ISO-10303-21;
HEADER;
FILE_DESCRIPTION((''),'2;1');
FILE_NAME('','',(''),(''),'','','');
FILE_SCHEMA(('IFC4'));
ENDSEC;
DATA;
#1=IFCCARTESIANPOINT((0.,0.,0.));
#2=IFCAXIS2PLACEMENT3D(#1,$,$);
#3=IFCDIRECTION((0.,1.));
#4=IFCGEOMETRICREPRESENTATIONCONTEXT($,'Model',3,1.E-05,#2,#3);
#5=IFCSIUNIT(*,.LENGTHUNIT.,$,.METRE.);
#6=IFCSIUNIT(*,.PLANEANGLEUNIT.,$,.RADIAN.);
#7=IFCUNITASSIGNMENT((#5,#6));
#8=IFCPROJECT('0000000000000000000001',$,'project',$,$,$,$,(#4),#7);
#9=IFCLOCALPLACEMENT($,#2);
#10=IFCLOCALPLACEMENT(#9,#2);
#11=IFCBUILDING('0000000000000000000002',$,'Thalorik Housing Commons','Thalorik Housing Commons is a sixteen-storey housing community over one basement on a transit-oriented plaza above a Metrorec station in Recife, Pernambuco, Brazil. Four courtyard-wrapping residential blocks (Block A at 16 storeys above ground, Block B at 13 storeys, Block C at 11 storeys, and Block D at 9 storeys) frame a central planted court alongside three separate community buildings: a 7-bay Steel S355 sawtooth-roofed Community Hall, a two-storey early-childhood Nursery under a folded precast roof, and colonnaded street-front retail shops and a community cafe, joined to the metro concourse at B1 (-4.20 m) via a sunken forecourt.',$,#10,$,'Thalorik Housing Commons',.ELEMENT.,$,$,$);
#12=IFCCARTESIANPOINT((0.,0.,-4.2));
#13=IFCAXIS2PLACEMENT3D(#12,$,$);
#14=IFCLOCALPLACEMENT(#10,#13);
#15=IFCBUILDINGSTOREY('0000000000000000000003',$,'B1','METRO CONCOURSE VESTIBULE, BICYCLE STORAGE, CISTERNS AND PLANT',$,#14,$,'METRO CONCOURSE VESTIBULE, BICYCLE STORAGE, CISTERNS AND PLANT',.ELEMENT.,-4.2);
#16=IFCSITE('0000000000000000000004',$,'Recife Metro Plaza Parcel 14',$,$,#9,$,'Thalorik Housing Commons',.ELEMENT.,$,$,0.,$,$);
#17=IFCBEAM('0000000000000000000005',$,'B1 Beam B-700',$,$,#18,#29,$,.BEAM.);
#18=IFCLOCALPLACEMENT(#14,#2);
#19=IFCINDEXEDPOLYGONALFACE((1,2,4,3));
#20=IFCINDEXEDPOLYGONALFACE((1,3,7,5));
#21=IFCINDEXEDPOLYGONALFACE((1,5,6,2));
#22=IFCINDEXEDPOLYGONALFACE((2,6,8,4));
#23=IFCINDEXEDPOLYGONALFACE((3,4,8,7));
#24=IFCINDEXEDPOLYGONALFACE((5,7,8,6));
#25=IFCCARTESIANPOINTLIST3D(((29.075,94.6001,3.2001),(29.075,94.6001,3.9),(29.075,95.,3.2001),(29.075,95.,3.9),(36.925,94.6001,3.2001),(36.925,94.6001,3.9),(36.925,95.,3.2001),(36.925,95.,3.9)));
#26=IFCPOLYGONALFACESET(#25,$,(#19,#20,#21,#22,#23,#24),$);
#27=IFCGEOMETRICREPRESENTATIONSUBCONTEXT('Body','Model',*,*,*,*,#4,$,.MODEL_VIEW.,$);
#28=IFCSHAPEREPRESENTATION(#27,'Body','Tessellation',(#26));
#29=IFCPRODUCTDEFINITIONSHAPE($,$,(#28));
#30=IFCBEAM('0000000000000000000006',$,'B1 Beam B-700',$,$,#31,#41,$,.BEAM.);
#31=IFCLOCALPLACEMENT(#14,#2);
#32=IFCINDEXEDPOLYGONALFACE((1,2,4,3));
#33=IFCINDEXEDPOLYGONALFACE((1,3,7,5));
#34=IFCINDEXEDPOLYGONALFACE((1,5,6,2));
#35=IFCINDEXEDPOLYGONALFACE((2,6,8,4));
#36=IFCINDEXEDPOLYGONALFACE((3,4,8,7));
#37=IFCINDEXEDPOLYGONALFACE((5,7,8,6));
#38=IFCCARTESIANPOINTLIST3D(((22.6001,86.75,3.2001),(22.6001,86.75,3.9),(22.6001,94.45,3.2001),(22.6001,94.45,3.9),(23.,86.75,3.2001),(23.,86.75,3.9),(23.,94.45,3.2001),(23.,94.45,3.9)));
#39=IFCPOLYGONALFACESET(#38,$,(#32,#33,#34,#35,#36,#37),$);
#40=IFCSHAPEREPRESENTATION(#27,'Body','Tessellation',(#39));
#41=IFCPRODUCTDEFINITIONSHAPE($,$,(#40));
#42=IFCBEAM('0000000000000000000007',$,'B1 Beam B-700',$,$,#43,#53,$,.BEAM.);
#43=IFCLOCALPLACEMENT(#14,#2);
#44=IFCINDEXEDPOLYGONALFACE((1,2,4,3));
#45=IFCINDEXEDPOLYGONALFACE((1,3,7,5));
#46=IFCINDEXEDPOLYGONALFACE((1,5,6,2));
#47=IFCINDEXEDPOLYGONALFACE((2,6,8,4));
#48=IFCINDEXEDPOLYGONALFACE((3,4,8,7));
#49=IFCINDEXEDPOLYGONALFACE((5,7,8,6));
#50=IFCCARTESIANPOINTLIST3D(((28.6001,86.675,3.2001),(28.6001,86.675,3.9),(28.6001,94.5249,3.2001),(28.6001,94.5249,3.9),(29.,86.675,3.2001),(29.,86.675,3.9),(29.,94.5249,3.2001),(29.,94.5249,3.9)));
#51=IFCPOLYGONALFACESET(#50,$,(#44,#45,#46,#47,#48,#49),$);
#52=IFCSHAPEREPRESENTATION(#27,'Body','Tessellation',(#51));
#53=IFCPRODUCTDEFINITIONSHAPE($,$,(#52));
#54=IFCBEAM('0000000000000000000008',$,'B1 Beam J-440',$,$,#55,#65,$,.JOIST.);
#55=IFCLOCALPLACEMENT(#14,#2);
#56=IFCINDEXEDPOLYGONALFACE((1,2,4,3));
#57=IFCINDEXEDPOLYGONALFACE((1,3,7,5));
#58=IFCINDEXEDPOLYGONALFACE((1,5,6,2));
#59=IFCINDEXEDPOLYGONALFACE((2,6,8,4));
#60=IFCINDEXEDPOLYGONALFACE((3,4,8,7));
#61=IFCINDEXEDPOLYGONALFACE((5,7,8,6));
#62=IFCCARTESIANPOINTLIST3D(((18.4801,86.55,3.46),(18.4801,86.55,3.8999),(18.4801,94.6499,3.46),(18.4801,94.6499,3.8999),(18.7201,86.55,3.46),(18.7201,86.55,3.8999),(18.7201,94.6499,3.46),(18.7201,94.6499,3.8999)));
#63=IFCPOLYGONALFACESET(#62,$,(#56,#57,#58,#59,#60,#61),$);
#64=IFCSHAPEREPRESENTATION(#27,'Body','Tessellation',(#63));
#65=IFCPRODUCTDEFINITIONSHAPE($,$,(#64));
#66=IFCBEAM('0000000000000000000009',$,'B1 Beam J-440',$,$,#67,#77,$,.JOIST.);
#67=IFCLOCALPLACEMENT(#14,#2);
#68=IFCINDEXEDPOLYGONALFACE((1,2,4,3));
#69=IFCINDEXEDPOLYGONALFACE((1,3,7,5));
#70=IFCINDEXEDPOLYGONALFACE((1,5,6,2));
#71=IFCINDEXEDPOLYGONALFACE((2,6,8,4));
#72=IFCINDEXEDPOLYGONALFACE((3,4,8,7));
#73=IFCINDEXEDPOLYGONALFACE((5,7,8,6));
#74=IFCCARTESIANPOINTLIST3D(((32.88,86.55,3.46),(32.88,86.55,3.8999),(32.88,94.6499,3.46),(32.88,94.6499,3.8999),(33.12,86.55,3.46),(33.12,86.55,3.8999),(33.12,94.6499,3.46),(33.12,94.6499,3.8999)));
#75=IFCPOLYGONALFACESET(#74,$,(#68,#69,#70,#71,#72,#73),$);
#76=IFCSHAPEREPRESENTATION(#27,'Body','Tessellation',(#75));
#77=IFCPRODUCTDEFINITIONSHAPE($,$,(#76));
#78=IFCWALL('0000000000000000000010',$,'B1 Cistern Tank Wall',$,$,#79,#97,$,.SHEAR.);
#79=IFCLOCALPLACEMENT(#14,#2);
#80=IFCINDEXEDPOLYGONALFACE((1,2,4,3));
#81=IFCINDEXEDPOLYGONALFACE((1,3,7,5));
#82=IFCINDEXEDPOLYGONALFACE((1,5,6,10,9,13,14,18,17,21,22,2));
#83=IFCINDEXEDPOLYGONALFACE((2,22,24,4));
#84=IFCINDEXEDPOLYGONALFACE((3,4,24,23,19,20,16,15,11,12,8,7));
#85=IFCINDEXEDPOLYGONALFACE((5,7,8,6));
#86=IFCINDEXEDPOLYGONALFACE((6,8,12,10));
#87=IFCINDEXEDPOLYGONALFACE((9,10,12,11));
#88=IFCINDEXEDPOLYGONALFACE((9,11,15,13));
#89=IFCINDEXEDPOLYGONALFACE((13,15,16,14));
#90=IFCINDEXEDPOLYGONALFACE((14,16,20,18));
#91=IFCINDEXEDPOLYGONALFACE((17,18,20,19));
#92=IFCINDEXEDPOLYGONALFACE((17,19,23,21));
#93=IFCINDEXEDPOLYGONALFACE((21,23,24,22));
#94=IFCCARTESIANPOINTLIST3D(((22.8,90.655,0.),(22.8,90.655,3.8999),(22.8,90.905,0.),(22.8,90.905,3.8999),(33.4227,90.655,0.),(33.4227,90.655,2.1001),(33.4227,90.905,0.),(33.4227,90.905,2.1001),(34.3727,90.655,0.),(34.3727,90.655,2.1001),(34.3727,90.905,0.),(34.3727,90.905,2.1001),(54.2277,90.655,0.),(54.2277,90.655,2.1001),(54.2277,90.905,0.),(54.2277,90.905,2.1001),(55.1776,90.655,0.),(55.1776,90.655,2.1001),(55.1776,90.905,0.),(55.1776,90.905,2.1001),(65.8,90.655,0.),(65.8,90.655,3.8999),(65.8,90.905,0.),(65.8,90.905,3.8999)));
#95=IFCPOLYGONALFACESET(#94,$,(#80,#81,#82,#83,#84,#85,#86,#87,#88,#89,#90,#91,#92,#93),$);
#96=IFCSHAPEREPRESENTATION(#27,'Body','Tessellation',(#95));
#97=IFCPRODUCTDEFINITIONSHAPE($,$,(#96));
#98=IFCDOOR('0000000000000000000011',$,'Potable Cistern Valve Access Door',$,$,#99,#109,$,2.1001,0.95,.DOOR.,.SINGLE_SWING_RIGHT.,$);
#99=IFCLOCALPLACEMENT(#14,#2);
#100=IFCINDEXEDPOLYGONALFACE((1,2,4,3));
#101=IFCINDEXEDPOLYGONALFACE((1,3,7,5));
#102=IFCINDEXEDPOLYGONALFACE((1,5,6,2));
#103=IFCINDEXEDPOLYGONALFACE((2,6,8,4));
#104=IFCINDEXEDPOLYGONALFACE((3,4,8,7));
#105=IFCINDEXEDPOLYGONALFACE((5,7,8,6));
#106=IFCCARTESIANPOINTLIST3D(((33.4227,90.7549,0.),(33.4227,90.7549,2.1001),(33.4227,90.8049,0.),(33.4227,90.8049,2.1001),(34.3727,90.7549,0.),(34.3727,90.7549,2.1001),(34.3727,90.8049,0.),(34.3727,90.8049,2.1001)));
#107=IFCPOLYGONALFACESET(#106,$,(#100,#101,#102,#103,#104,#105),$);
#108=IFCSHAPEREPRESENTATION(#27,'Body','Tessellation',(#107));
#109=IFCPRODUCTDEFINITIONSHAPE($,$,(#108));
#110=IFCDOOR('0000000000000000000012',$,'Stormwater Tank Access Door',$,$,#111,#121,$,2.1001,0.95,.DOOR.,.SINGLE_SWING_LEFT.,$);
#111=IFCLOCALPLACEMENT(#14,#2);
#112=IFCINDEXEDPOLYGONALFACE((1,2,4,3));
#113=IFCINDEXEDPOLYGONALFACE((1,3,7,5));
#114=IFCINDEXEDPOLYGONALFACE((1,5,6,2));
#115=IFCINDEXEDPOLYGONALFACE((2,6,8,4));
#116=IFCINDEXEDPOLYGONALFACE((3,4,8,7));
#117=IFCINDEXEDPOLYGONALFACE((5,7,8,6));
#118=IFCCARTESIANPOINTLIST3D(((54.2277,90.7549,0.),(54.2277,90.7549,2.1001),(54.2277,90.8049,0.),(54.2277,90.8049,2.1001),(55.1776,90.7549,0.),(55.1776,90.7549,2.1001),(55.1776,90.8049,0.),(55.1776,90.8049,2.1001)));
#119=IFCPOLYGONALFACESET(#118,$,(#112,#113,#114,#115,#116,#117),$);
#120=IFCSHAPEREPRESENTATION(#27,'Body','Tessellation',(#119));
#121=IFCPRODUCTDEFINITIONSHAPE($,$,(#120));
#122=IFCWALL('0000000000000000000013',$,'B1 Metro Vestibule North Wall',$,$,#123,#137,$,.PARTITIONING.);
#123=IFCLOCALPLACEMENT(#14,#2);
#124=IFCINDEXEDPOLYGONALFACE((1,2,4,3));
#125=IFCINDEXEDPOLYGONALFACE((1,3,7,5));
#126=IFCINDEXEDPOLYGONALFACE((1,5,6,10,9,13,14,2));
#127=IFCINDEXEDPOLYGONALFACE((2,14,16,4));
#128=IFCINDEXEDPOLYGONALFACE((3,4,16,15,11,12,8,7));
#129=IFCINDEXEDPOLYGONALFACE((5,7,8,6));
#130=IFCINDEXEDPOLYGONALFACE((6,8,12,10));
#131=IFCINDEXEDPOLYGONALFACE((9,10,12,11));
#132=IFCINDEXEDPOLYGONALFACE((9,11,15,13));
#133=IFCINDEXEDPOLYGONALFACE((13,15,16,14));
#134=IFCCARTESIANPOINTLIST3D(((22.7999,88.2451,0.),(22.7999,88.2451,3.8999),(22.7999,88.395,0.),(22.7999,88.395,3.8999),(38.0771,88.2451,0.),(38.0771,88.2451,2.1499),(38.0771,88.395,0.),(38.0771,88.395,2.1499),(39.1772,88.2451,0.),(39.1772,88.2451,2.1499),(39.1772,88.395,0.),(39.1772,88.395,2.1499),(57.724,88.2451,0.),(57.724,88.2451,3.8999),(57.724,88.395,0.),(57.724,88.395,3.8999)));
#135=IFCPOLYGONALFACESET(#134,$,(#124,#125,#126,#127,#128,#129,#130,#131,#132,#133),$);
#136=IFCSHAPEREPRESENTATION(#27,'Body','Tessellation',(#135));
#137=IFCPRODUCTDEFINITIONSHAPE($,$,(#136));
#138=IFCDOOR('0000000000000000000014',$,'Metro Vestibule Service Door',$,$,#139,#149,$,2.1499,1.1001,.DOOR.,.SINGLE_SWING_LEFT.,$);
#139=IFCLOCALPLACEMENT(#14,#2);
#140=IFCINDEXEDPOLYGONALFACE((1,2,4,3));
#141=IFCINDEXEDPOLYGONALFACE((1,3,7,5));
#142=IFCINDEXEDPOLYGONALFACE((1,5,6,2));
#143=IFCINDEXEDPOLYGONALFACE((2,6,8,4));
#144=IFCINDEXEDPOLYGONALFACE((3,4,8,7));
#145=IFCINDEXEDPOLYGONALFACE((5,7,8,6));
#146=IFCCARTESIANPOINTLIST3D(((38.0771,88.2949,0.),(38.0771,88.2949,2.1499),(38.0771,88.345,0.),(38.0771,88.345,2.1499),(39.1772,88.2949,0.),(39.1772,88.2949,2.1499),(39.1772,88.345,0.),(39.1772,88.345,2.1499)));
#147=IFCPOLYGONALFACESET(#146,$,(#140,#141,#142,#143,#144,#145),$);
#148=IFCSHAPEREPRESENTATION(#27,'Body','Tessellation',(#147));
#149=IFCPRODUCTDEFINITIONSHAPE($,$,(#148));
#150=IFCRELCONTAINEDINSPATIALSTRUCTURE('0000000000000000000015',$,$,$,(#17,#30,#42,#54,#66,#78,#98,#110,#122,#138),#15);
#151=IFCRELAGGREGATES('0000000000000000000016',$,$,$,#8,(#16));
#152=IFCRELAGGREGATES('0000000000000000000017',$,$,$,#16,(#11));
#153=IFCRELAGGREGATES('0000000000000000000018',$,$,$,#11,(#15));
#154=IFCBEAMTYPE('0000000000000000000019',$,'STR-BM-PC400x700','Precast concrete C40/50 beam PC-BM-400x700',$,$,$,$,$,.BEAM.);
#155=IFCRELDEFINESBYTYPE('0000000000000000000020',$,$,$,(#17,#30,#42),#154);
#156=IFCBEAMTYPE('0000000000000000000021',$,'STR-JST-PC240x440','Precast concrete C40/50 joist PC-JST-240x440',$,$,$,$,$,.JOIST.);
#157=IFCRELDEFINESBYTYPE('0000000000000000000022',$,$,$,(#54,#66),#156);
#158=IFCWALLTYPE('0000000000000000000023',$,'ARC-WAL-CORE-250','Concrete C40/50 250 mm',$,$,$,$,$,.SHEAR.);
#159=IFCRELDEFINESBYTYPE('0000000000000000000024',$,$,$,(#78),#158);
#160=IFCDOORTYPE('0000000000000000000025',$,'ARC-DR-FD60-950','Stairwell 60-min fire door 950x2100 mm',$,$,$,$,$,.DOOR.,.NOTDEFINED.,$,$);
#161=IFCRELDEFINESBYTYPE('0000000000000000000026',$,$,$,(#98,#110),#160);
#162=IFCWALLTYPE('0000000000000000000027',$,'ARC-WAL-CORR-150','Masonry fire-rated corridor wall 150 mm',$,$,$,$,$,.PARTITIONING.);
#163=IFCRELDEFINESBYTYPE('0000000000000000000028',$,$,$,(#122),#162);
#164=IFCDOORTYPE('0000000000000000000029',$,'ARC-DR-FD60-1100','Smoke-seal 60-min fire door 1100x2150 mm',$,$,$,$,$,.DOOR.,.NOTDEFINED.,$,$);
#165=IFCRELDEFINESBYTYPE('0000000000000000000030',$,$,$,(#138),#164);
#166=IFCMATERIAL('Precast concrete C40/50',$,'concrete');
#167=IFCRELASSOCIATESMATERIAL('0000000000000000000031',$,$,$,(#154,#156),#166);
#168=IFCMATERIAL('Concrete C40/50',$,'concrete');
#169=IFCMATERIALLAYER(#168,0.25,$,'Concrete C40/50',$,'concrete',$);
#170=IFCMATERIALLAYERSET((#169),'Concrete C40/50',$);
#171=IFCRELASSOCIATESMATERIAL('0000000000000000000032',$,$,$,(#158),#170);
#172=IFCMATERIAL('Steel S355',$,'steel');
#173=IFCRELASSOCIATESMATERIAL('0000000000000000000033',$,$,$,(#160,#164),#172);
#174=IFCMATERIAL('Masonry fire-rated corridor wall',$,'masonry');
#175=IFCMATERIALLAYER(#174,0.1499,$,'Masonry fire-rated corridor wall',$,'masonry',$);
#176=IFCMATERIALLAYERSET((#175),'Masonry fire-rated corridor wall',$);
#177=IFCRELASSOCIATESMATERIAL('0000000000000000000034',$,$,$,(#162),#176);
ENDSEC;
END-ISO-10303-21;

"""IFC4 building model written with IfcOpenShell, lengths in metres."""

from ifc_helpers import new_model, si_unit, direction, frame, frame_2d, origin, origin_2d, place, context, subcontext, project, spatial, rectangle, extrude, material, layer, layer_set, material_profile, profile_set, type_object, element, fill, save


model = new_model("IFC4")

# Units and contexts
model_context = context("Model", 3, precision=1e-05, world=origin(), true_north=direction((0.0, 1.0)))
body_context = subcontext(model_context, "Body", "Model", "MODEL_VIEW")
ifc_project = project(units=[si_unit("LENGTHUNIT", "METRE"), si_unit("PLANEANGLEUNIT", "RADIAN")], contexts=[model_context])

# Site, building, storey
site_placement = place(None, origin())
site = spatial("IfcSite", under=ifc_project, at=site_placement, Name="Recife Metro Plaza Parcel 14", LongName="Thalorik Housing Commons", CompositionType="ELEMENT", RefElevation=0.0)
building_placement = place(site_placement, origin())
building = spatial("IfcBuilding", under=site, at=building_placement, Name="Thalorik Housing Commons", Description="Thalorik Housing Commons is a sixteen-storey housing community over one basement on a transit-oriented plaza above a Metrorec station in Recife, Pernambuco, Brazil. Four courtyard-wrapping residential blocks (Block A at 16 storeys above ground, Block B at 13 storeys, Block C at 11 storeys, and Block D at 9 storeys) frame a central planted court alongside three separate community buildings: a 7-bay Steel S355 sawtooth-roofed Community Hall, a two-storey early-childhood Nursery under a folded precast roof, and colonnaded street-front retail shops and a community cafe, joined to the metro concourse at B1 (-4.20 m) via a sunken forecourt.", LongName="Thalorik Housing Commons", CompositionType="ELEMENT")
storey_placement = place(building_placement, frame((0.0, 0.0, -4.2)))
storey = spatial("IfcBuildingStorey", under=building, at=storey_placement, Name="B1", Description="METRO CONCOURSE VESTIBULE, BICYCLE STORAGE, CISTERNS AND PLANT", LongName="METRO CONCOURSE VESTIBULE, BICYCLE STORAGE, CISTERNS AND PLANT", CompositionType="ELEMENT", Elevation=-4.2)

# Shared definitions
ifc_material_1 = material(Name="Concrete C40/50", Category="concrete")

# Shared definitions
ifc_material_2 = material(Name="Precast concrete C40/50", Category="concrete")

# Beams
ifc_material_profile_1 = material_profile(ifc_material_2, rectangle(XDim=0.3999, YDim=0.7, at=origin_2d()), Name="PC 400x700", Category="concrete")
ifc_profile_set_1 = profile_set([ifc_material_profile_1], Name="Precast concrete C40/50")
beam_type_1 = type_object("IfcBeamType", Name="STR-BM-PC400x700", Description="Precast concrete C40/50 beam PC-BM-400x700", PredefinedType="BEAM", material=ifc_profile_set_1)
for number, where, z_axis, x_axis, name in (
    (1, (29.075, 94.8, 3.55), (1.0, 0.0, 0.0), (0.0, 1.0, 0.0), "B1 Beam B-700"),
):
    element("IfcBeam", number, at=place(storey_placement, frame(where, z_axis=z_axis, x_axis=x_axis)), inside=storey, type_object=beam_type_1, Name=name, PredefinedType="BEAM", context=body_context, shape_type="SweptSolid", body=[
        extrude(rectangle(XDim=0.3999, YDim=0.7, at=origin_2d()), origin(), (0.0, 0.0, 1.0), 7.8501),
    ])
beam_1_placement = place(storey_placement, frame((22.8, 86.75, 3.55), z_axis=(0.0, 1.0, 0.0), x_axis=(-1.0, 0.0, 0.0)))
element("IfcBeam", 2, at=beam_1_placement, inside=storey, type_object=beam_type_1, Name="B1 Beam B-700", PredefinedType="BEAM", context=body_context, shape_type="SweptSolid", body=[
    extrude(rectangle(XDim=0.3999, YDim=0.7, at=origin_2d()), origin(), (0.0, 0.0, 1.0), 7.7),
])
beam_2_placement = place(storey_placement, frame((28.8, 86.675, 3.55), z_axis=(0.0, 1.0, 0.0), x_axis=(-1.0, 0.0, 0.0)))
element("IfcBeam", 3, at=beam_2_placement, inside=storey, type_object=beam_type_1, Name="B1 Beam B-700", PredefinedType="BEAM", context=body_context, shape_type="SweptSolid", body=[
    extrude(rectangle(XDim=0.3999, YDim=0.7, at=origin_2d()), origin(), (0.0, 0.0, 1.0), 7.8499),
])
ifc_material_profile_2 = material_profile(ifc_material_2, rectangle(XDim=0.24, YDim=0.4399, at=origin_2d()), Name="PC JST 240x440", Category="concrete")
ifc_profile_set_2 = profile_set([ifc_material_profile_2], Name="Precast concrete C40/50")
beam_type_2 = type_object("IfcBeamType", Name="STR-JST-PC240x440", Description="Precast concrete C40/50 joist PC-JST-240x440", PredefinedType="JOIST", material=ifc_profile_set_2)
for number, where, z_axis, x_axis, name in (
    (4, (18.6001, 86.55, 3.6799), (0.0, 1.0, 0.0), (-1.0, 0.0, 0.0), "B1 Beam J-440"),
    (5, (33.0, 86.55, 3.6799), (0.0, 1.0, 0.0), (-1.0, 0.0, 0.0), "B1 Beam J-440"),
):
    element("IfcBeam", number, at=place(storey_placement, frame(where, z_axis=z_axis, x_axis=x_axis)), inside=storey, type_object=beam_type_2, Name=name, PredefinedType="JOIST", context=body_context, shape_type="SweptSolid", body=[
        extrude(rectangle(XDim=0.24, YDim=0.4399, at=origin_2d()), origin(), (0.0, 0.0, 1.0), 8.0999),
    ])

# Wall, openings, doors
ifc_layer_1 = layer(ifc_material_1, 0.25, Name="Concrete C40/50", Category="concrete")
ifc_layer_set_1 = layer_set([ifc_layer_1], Name="Concrete C40/50")
wall_type_1 = type_object("IfcWallType", Name="ARC-WAL-CORE-250", Description="Concrete C40/50 250 mm", PredefinedType="SHEAR", material=ifc_layer_set_1)
wall_1_placement = place(storey_placement, frame((22.8, 90.78, 0.0), z_axis=(0.0, 0.0, 1.0), x_axis=(1.0, 0.0, 0.0)))
wall_1 = element("IfcWall", 6, at=wall_1_placement, inside=storey, type_object=wall_type_1, Name="B1 Cistern Tank Wall", PredefinedType="SHEAR", context=body_context, shape_type="SweptSolid", body=[
    extrude(rectangle(XDim=43.0, YDim=0.25, at=frame_2d((21.5, 0.0))), origin(), (0.0, 0.0, 1.0), 3.8999),
])
opening_1_placement = place(wall_1_placement, frame((10.6226, 0.0, 0.0)))
opening_1 = element("IfcOpeningElement", 7, at=opening_1_placement, cuts=wall_1, PredefinedType="OPENING", context=body_context, shape_type="SweptSolid", body=[
    extrude(rectangle(XDim=0.95, YDim=2.1001, at=frame_2d((0.4751, 1.05))), frame((0.0, 0.135, 0.0), z_axis=(0.0, -1.0, 0.0), x_axis=(1.0, 0.0, 0.0)), (0.0, 0.0, 1.0), 0.27),
])
opening_2_placement = place(wall_1_placement, frame((31.4275, 0.0, 0.0)))
opening_2 = element("IfcOpeningElement", 8, at=opening_2_placement, cuts=wall_1, PredefinedType="OPENING", context=body_context, shape_type="SweptSolid", body=[
    extrude(rectangle(XDim=0.95, YDim=2.1001, at=frame_2d((0.4751, 1.05))), frame((0.0, 0.135, 0.0), z_axis=(0.0, -1.0, 0.0), x_axis=(1.0, 0.0, 0.0)), (0.0, 0.0, 1.0), 0.27),
])
ifc_material_3 = material(Name="Steel S355", Category="steel")
door_type_1 = type_object("IfcDoorType", Name="ARC-DR-FD60-950", Description="Stairwell 60-min fire door 950x2100 mm", OperationType="NOTDEFINED", PredefinedType="DOOR", material=ifc_material_3)
door_1_placement = place(opening_1_placement, origin())
door_1 = element("IfcDoor", 9, at=door_1_placement, inside=storey, type_object=door_type_1, Name="Potable Cistern Valve Access Door", OperationType="SINGLE_SWING_RIGHT", OverallHeight=2.1001, OverallWidth=0.95, PredefinedType="DOOR", context=body_context, shape_type="SweptSolid", body=[
    extrude(rectangle(XDim=0.95, YDim=2.1001, at=frame_2d((0.4751, 1.05))), frame((0.0, 0.0249, 0.0), z_axis=(0.0, -1.0, 0.0), x_axis=(1.0, 0.0, 0.0)), (0.0, 0.0, 1.0), 0.05),
])
fill(opening_1, door_1)
door_2_placement = place(opening_2_placement, origin())
door_2 = element("IfcDoor", 10, at=door_2_placement, inside=storey, type_object=door_type_1, Name="Stormwater Tank Access Door", OperationType="SINGLE_SWING_LEFT", OverallHeight=2.1001, OverallWidth=0.95, PredefinedType="DOOR", context=body_context, shape_type="SweptSolid", body=[
    extrude(rectangle(XDim=0.95, YDim=2.1001, at=frame_2d((0.4751, 1.05))), frame((0.0, 0.0249, 0.0), z_axis=(0.0, -1.0, 0.0), x_axis=(1.0, 0.0, 0.0)), (0.0, 0.0, 1.0), 0.05),
])
fill(opening_2, door_2)

# Wall, opening, door
ifc_material_4 = material(Name="Masonry fire-rated corridor wall", Category="masonry")
ifc_layer_2 = layer(ifc_material_4, 0.1499, Name="Masonry fire-rated corridor wall", Category="masonry")
ifc_layer_set_2 = layer_set([ifc_layer_2], Name="Masonry fire-rated corridor wall")
wall_type_2 = type_object("IfcWallType", Name="ARC-WAL-CORR-150", Description="Masonry fire-rated corridor wall 150 mm", PredefinedType="PARTITIONING", material=ifc_layer_set_2)
wall_2_placement = place(storey_placement, frame((22.8, 88.3201, 0.0), z_axis=(0.0, 0.0, 1.0), x_axis=(1.0, 0.0, 0.0)))
wall_2 = element("IfcWall", 11, at=wall_2_placement, inside=storey, type_object=wall_type_2, Name="B1 Metro Vestibule North Wall", PredefinedType="PARTITIONING", context=body_context, shape_type="SweptSolid", body=[
    extrude(rectangle(XDim=34.9241, YDim=0.1499, at=frame_2d((17.4619, 0.0))), origin(), (0.0, 0.0, 1.0), 3.8999),
])
opening_3_placement = place(wall_2_placement, frame((15.2771, 0.0, 0.0)))
opening_3 = element("IfcOpeningElement", 12, at=opening_3_placement, cuts=wall_2, PredefinedType="OPENING", context=body_context, shape_type="SweptSolid", body=[
    extrude(rectangle(XDim=1.1001, YDim=2.1499, at=frame_2d((0.55, 1.075))), frame((0.0, 0.085, 0.0), z_axis=(0.0, -1.0, 0.0), x_axis=(1.0, 0.0, 0.0)), (0.0, 0.0, 1.0), 0.1699),
])
door_type_2 = type_object("IfcDoorType", Name="ARC-DR-FD60-1100", Description="Smoke-seal 60-min fire door 1100x2150 mm", OperationType="NOTDEFINED", PredefinedType="DOOR", material=ifc_material_3)
door_3_placement = place(opening_3_placement, origin())
door_3 = element("IfcDoor", 13, at=door_3_placement, inside=storey, type_object=door_type_2, Name="Metro Vestibule Service Door", OperationType="SINGLE_SWING_LEFT", OverallHeight=2.1499, OverallWidth=1.1001, PredefinedType="DOOR", context=body_context, shape_type="SweptSolid", body=[
    extrude(rectangle(XDim=1.1001, YDim=2.1499, at=frame_2d((0.55, 1.075))), frame((0.0, 0.0249, 0.0), z_axis=(0.0, -1.0, 0.0), x_axis=(1.0, 0.0, 0.0)), (0.0, 0.0, 1.0), 0.05),
])
fill(opening_3, door_3)

save(model, "model.ifc")
